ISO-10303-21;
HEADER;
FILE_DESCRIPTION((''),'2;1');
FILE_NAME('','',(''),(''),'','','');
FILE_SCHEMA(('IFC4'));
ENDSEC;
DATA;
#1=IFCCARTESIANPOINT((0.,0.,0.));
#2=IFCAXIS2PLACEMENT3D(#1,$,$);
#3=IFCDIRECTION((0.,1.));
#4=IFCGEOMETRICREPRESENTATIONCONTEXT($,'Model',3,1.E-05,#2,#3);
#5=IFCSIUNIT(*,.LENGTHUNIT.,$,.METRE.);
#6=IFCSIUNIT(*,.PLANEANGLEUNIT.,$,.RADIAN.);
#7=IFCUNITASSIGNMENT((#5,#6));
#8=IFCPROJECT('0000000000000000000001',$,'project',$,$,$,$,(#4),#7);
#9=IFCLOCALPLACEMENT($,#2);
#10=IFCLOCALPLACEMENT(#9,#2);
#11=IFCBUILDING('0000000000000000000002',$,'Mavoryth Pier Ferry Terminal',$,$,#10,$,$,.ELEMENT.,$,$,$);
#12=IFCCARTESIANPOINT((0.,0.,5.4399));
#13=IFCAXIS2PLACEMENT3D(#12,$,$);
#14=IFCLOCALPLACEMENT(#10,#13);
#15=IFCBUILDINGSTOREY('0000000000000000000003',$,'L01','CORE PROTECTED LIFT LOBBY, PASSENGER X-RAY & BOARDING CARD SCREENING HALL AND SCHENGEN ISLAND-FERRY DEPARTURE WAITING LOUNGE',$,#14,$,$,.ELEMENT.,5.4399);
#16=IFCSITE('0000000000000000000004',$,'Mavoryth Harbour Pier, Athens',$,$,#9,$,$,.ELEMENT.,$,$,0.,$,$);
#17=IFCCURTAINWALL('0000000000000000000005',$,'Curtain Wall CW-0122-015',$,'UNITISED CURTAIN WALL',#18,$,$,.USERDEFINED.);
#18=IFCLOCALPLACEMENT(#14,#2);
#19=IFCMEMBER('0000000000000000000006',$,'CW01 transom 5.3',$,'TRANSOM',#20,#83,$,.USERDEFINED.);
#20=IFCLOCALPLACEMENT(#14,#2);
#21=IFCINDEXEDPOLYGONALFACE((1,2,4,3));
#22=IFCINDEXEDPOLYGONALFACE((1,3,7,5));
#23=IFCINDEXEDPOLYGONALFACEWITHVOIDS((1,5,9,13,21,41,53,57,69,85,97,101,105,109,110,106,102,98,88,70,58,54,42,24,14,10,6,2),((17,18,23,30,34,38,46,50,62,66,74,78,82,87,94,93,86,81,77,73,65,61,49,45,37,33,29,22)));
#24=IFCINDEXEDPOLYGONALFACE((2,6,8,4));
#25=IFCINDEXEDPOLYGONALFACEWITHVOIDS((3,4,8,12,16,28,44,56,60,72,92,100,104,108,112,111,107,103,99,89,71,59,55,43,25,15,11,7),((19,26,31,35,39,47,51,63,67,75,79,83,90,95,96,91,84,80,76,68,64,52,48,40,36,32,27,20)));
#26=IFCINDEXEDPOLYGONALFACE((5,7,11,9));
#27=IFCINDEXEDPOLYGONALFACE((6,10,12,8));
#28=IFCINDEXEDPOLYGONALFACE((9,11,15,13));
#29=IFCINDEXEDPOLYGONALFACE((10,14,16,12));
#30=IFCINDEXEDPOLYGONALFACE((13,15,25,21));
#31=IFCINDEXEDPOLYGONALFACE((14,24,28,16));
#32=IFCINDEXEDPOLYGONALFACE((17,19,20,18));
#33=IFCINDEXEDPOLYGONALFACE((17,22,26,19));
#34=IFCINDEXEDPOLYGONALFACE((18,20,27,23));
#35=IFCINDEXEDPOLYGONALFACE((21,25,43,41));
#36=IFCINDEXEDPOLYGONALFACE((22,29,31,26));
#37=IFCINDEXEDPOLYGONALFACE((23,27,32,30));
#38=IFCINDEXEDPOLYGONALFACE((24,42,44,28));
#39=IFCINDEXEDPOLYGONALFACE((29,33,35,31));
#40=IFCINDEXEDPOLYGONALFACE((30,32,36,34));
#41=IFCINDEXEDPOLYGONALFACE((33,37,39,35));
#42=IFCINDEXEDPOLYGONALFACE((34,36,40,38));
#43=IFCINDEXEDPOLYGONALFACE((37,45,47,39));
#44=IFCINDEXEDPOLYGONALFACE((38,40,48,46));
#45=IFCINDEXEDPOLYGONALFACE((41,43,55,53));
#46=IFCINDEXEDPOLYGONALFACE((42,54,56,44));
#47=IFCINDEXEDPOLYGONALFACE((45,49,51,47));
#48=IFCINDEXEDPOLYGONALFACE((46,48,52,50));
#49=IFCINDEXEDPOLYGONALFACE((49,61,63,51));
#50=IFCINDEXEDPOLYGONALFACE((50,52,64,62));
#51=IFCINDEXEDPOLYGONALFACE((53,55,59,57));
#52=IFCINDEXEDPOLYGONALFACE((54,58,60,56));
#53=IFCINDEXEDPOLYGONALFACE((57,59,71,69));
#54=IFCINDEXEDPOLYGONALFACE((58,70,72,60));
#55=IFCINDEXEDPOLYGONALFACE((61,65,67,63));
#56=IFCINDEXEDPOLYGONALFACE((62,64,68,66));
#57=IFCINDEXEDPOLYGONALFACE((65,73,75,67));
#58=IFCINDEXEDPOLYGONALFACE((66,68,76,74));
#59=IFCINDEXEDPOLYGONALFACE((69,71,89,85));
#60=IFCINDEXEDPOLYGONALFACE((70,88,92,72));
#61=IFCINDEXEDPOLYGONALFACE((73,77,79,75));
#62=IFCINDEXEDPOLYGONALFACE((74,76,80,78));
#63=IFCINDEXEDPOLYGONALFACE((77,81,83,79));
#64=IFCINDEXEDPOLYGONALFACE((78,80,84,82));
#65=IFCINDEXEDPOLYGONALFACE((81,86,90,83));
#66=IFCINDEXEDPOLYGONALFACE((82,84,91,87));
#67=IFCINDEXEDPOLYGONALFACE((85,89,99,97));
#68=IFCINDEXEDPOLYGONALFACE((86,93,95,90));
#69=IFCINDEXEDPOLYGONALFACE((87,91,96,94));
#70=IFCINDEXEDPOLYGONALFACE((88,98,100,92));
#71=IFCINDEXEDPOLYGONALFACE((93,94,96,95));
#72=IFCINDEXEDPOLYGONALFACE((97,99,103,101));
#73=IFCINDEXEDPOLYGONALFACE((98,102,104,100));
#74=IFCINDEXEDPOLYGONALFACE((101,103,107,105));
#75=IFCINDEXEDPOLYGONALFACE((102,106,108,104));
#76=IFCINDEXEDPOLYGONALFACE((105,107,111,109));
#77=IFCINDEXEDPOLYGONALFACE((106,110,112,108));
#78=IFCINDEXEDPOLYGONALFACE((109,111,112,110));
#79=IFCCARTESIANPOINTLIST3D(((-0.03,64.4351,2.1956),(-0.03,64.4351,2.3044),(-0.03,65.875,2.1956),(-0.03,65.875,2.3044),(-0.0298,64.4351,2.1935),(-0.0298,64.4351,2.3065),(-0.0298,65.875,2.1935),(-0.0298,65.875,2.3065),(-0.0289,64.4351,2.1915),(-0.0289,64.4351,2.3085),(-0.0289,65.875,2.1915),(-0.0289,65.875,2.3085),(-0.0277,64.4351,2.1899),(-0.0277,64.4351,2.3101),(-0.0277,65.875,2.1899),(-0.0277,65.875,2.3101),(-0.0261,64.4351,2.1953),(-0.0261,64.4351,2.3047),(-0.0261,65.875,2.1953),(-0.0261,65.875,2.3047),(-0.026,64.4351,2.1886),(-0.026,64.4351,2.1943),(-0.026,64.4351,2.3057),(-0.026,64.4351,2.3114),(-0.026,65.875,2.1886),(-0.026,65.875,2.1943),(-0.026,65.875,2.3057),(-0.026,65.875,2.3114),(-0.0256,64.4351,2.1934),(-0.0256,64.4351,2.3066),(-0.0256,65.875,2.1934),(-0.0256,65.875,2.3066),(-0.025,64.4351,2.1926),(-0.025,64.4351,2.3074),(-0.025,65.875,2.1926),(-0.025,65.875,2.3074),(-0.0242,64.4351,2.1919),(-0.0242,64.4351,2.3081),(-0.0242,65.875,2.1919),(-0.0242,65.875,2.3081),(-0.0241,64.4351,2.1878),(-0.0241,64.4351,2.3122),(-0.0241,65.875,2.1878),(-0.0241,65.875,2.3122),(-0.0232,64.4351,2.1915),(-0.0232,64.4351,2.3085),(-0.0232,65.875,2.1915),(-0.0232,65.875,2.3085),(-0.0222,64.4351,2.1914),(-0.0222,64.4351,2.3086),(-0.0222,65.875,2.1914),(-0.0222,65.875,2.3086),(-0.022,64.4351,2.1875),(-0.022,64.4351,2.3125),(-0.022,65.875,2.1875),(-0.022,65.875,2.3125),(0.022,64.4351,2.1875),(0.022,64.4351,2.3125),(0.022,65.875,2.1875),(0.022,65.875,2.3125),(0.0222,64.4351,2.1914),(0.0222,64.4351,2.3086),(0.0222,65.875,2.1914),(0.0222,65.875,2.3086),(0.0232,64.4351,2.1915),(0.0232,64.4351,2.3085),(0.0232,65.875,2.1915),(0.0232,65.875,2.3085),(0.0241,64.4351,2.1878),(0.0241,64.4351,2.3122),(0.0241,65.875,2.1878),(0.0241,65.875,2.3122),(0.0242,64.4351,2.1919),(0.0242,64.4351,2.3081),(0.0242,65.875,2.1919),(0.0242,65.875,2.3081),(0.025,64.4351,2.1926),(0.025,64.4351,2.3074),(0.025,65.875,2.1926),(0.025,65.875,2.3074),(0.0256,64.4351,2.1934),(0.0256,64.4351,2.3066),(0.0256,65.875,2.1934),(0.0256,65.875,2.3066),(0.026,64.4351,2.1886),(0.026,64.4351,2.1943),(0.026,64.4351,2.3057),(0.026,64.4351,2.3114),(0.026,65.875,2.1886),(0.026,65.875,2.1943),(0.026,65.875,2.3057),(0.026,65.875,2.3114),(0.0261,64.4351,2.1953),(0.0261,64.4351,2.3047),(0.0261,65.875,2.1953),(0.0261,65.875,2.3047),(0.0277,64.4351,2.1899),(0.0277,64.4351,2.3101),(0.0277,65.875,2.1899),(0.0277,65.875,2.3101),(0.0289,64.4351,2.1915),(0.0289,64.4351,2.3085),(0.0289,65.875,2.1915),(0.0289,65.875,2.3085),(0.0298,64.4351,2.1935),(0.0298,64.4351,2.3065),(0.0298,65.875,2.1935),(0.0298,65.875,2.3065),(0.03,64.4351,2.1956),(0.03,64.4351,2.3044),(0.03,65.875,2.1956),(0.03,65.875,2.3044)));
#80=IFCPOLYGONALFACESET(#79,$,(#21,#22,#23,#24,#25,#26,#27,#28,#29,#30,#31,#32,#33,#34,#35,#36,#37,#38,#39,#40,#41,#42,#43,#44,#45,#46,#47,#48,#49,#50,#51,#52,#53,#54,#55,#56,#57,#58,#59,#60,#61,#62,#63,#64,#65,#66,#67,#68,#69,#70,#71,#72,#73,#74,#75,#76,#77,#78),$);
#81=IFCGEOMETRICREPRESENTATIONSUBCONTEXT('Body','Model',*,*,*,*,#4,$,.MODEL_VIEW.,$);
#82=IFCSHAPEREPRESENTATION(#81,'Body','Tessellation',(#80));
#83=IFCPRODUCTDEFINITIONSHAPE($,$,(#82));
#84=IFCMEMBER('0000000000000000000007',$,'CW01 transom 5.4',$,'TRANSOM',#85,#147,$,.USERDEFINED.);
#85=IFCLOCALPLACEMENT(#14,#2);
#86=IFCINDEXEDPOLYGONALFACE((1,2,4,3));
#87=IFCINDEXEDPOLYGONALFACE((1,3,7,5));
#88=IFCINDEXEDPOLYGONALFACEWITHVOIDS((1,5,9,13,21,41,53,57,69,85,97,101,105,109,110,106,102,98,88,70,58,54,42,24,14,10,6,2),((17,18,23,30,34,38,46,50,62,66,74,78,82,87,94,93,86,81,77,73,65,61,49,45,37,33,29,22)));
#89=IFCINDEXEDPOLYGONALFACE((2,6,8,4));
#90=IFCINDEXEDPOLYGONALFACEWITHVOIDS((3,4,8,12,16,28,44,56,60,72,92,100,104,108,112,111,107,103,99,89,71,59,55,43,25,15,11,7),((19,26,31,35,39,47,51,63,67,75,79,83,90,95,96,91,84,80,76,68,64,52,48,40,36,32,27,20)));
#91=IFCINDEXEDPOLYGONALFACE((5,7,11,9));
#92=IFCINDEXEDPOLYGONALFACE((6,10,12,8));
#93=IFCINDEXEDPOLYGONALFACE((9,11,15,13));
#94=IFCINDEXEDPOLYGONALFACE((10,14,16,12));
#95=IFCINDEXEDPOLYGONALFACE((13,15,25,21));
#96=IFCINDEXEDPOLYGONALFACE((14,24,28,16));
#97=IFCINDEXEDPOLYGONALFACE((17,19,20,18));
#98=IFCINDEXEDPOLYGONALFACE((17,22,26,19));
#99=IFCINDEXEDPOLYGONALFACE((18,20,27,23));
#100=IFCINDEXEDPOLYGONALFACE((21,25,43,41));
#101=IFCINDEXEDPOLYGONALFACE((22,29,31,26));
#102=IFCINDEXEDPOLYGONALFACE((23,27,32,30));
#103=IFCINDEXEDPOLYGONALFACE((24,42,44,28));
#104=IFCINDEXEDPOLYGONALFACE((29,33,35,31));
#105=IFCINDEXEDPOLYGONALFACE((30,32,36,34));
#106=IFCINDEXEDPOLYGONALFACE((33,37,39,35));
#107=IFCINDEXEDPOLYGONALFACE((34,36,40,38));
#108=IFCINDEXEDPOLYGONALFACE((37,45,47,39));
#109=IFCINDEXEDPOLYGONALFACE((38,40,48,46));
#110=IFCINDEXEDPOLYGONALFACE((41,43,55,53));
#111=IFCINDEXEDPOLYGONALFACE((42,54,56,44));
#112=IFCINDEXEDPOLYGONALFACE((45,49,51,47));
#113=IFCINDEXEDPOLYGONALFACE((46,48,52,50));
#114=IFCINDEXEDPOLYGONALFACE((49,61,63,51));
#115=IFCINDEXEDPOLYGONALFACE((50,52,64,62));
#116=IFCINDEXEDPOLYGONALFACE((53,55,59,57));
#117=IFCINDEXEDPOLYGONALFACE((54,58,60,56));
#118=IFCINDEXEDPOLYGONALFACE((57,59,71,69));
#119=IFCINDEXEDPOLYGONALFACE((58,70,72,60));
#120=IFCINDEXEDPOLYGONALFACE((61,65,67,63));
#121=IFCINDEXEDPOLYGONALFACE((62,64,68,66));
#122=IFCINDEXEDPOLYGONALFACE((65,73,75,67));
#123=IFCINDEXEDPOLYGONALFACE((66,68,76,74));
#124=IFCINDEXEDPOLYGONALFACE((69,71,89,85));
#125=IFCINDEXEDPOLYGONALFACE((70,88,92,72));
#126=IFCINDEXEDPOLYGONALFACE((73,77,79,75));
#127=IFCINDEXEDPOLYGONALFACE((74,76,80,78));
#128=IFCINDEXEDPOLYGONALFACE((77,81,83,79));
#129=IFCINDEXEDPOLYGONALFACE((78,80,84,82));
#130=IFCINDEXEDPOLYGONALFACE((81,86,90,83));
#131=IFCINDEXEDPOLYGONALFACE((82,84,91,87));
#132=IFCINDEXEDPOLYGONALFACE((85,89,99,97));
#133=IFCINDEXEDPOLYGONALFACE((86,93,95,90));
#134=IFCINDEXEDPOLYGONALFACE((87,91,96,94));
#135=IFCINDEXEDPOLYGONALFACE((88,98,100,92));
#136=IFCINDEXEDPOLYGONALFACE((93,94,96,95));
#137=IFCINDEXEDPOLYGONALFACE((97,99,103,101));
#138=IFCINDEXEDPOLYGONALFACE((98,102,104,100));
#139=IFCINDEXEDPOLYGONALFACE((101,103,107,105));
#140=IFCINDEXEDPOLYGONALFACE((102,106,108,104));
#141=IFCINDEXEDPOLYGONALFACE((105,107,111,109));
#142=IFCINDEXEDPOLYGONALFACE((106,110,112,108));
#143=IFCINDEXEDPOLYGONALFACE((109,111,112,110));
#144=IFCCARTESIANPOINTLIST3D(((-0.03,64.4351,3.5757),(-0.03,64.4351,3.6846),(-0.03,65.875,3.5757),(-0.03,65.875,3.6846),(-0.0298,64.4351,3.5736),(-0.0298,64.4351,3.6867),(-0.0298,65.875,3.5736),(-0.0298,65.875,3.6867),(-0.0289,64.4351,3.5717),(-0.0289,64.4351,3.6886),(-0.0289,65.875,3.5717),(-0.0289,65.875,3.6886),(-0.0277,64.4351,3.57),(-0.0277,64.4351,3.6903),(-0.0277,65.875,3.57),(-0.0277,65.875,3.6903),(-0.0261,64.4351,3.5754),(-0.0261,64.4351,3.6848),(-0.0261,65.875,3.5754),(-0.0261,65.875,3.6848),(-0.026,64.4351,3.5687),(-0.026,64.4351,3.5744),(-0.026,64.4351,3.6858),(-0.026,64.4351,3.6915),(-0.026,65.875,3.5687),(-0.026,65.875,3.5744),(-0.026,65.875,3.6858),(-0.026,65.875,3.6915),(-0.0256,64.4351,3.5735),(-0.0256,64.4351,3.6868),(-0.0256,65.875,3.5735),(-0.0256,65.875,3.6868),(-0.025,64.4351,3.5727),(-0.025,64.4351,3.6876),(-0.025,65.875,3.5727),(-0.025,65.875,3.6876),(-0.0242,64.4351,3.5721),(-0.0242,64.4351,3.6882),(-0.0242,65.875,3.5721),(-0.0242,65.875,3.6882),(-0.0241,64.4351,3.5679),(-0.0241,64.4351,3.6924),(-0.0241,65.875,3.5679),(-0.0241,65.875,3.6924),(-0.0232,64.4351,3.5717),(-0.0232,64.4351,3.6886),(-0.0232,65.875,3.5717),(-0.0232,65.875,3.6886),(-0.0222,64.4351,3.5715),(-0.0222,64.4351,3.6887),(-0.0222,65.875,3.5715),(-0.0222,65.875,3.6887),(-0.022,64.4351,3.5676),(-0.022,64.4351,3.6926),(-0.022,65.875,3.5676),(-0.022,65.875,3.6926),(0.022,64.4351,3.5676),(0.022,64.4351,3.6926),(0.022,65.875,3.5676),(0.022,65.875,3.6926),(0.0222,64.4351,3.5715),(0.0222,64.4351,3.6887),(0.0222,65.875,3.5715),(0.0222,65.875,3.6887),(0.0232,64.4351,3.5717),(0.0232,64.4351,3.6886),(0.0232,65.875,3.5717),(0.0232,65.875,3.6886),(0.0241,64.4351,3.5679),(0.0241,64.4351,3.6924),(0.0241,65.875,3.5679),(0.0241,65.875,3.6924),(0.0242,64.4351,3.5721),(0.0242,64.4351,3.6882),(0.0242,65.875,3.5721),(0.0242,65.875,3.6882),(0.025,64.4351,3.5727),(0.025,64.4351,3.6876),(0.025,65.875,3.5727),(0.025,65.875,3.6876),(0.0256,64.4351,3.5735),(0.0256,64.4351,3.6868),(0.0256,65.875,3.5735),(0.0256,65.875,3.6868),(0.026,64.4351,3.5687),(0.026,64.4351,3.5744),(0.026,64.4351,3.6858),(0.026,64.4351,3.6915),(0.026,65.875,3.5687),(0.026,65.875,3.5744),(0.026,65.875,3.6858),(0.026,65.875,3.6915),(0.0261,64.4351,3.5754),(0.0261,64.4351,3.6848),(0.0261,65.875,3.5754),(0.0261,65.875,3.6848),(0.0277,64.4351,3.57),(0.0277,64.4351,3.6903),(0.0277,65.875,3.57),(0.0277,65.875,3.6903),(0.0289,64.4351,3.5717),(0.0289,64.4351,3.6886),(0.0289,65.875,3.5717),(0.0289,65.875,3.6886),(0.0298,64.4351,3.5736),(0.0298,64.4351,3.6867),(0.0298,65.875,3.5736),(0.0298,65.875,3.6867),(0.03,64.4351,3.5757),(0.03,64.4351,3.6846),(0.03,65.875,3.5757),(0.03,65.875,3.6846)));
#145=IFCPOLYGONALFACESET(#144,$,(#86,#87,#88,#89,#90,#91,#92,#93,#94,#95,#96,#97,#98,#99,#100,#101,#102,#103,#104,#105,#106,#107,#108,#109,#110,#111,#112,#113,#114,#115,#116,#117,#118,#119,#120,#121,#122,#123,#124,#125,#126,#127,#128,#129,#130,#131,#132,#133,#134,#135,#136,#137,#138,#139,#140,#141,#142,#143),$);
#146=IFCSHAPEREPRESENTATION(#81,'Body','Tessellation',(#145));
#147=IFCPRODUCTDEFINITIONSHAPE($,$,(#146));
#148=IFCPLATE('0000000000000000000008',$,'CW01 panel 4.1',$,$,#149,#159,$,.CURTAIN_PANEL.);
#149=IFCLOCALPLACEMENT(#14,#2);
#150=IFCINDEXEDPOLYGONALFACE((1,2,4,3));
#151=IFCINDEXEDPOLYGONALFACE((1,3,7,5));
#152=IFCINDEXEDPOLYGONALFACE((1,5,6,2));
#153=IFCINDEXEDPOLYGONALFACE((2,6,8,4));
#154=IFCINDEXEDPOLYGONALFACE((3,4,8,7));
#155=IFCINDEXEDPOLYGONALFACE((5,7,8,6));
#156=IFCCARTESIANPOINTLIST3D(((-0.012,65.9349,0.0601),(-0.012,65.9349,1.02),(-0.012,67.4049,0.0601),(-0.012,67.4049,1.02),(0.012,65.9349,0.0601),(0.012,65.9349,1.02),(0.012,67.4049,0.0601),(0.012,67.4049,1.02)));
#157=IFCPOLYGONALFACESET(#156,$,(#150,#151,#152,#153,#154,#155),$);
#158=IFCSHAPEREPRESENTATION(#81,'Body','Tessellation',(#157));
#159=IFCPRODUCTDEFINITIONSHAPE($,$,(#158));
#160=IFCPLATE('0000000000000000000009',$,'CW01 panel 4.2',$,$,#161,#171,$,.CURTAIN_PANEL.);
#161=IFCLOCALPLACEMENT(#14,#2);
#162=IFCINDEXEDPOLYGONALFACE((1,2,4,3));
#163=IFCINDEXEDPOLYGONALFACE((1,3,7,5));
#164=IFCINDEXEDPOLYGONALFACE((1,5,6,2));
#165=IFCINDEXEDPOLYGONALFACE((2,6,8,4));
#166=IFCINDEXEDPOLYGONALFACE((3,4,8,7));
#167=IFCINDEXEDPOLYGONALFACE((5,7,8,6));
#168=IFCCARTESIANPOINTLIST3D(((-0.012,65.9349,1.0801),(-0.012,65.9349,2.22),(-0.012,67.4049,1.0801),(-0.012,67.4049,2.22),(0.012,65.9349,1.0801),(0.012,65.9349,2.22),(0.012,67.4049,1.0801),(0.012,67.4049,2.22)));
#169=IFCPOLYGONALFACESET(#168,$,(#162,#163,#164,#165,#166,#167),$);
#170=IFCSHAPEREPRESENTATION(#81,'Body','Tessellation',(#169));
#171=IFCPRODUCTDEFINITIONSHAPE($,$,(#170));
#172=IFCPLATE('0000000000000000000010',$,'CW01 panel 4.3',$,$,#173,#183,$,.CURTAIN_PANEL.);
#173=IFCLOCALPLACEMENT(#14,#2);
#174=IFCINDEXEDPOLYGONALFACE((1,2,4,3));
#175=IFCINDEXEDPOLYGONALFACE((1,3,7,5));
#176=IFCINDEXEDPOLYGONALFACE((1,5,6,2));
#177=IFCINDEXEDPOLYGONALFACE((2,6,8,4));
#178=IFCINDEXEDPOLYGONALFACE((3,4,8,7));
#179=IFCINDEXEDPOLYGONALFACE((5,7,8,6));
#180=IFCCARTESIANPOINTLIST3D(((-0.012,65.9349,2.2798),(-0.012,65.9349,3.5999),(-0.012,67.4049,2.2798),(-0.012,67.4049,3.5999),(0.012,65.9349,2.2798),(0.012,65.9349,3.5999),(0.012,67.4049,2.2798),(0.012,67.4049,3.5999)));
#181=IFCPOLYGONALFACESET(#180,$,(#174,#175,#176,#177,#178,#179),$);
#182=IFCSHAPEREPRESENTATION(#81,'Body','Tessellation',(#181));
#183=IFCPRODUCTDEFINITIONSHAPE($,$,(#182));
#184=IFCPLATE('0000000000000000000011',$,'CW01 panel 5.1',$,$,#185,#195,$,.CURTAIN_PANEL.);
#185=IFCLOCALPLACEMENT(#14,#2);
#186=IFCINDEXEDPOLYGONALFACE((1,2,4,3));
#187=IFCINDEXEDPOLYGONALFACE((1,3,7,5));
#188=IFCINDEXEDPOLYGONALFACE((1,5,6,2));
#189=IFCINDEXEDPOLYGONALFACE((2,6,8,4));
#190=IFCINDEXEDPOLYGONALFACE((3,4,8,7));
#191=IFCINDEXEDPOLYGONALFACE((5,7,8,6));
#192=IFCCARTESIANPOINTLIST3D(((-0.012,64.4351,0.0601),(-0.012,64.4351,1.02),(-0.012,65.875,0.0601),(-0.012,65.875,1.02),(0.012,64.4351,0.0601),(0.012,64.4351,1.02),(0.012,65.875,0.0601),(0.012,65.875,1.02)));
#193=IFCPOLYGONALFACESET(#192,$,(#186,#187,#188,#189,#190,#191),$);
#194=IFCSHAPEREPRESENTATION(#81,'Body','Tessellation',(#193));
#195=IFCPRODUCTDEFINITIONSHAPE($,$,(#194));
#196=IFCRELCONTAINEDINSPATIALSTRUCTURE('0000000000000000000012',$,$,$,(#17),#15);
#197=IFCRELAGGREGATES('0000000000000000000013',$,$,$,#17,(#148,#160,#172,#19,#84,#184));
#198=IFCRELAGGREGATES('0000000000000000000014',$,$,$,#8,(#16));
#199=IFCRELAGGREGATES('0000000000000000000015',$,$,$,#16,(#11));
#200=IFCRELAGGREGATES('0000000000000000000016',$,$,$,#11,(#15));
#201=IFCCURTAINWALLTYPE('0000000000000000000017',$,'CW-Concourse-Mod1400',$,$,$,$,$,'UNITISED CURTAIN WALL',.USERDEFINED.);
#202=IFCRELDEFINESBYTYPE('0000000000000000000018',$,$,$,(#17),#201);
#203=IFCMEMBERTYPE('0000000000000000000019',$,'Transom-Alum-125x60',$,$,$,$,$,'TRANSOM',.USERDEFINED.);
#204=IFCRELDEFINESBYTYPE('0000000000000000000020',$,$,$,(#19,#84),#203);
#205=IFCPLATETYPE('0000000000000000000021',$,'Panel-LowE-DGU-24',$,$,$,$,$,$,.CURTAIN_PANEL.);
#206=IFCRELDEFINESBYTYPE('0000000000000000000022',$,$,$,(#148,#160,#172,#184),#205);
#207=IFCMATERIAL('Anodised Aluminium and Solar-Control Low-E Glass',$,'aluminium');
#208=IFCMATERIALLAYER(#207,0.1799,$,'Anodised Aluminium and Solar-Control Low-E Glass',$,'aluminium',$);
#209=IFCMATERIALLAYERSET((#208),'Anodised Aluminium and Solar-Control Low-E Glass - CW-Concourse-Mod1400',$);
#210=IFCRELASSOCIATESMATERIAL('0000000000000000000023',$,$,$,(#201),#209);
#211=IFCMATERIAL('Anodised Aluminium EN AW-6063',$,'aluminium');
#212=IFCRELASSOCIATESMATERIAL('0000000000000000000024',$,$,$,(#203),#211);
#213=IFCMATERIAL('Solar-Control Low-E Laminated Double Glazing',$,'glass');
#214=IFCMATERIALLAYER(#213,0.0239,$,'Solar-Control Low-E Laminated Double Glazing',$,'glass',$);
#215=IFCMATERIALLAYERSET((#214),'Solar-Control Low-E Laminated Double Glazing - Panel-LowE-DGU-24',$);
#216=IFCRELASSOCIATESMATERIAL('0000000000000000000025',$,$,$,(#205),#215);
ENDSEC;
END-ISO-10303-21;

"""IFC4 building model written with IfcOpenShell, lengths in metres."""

from ifc_helpers import new_model, si_unit, direction, frame, origin, origin_2d, place, context, subcontext, project, spatial, rectangle, hollow_rectangle, extrude, material, layer, layer_set, material_profile, profile_set, type_object, element, aggregate, save


model = new_model("IFC4")

# Units and contexts
model_context = context("Model", 3, precision=1e-05, world=origin(), true_north=direction((0.0, 1.0)))
body_context = subcontext(model_context, "Body", "Model", "MODEL_VIEW")
ifc_project = project(units=[si_unit("LENGTHUNIT", "METRE"), si_unit("PLANEANGLEUNIT", "RADIAN")], contexts=[model_context])

# Site, building, storey
site_placement = place(None, origin())
site = spatial("IfcSite", under=ifc_project, at=site_placement, Name="Mavoryth Harbour Pier, Athens", CompositionType="ELEMENT", RefElevation=0.0)
building_placement = place(site_placement, origin())
building = spatial("IfcBuilding", under=site, at=building_placement, Name="Mavoryth Pier Ferry Terminal", CompositionType="ELEMENT")
storey_placement = place(building_placement, frame((0.0, 0.0, 5.4399)))
storey = spatial("IfcBuildingStorey", under=building, at=storey_placement, Name="L01", Description="CORE PROTECTED LIFT LOBBY, PASSENGER X-RAY & BOARDING CARD SCREENING HALL AND SCHENGEN ISLAND-FERRY DEPARTURE WAITING LOUNGE", CompositionType="ELEMENT", Elevation=5.4399)

# Shared definitions
ifc_material_1 = material(Name="Anodised Aluminium and Solar-Control Low-E Glass", Category="aluminium")
ifc_layer_1 = layer(ifc_material_1, 0.1799, Name="Anodised Aluminium and Solar-Control Low-E Glass", Category="aluminium")
ifc_layer_set_1 = layer_set([ifc_layer_1], Name="Anodised Aluminium and Solar-Control Low-E Glass - CW-Concourse-Mod1400")
curtain_wall_type = type_object("IfcCurtainWallType", Name="CW-Concourse-Mod1400", ElementType="UNITISED CURTAIN WALL", PredefinedType="USERDEFINED", material=ifc_layer_set_1)
ifc_material_2 = material(Name="Anodised Aluminium EN AW-6063", Category="aluminium")

# Curtain wall
curtain_wall_1_placement = place(storey_placement, origin())
curtain_wall_1 = element("IfcCurtainWall", 1, at=curtain_wall_1_placement, inside=storey, type_object=curtain_wall_type, Name="Curtain Wall CW-0122-015", ObjectType="UNITISED CURTAIN WALL", PredefinedType="USERDEFINED")

# Members
ifc_material_profile_1 = material_profile(ifc_material_2, hollow_rectangle(XDim=0.0601, YDim=0.125, WallThickness=0.0039, InnerFilletRadius=0.0039, OuterFilletRadius=0.0081, at=origin_2d()), Name="AL-TRAN 125x60x4", Category="aluminium")
ifc_profile_set_1 = profile_set([ifc_material_profile_1], Name="Anodised Aluminium EN AW-6063 - AL-TRAN 125x60x4")
member_type_1 = type_object("IfcMemberType", Name="Transom-Alum-125x60", ElementType="TRANSOM", PredefinedType="USERDEFINED", material=ifc_profile_set_1)
member_1_placement = place(storey_placement, frame((0.0, 65.875, 2.25), z_axis=(0.0, -1.0, 0.0), x_axis=(1.0, 0.0, 0.0)))
member_1 = element("IfcMember", 2, at=member_1_placement, type_object=member_type_1, Name="CW01 transom 5.3", ObjectType="TRANSOM", PredefinedType="USERDEFINED", context=body_context, shape_type="SweptSolid", body=[
    extrude(hollow_rectangle(XDim=0.0601, YDim=0.125, WallThickness=0.0039, InnerFilletRadius=0.0039, OuterFilletRadius=0.0081, at=origin_2d()), origin(), (0.0, 0.0, 1.0), 1.4399),
])
member_2_placement = place(storey_placement, frame((0.0, 65.875, 3.6301), z_axis=(0.0, -1.0, 0.0), x_axis=(1.0, 0.0, 0.0)))
member_2 = element("IfcMember", 3, at=member_2_placement, type_object=member_type_1, Name="CW01 transom 5.4", ObjectType="TRANSOM", PredefinedType="USERDEFINED", context=body_context, shape_type="SweptSolid", body=[
    extrude(hollow_rectangle(XDim=0.0601, YDim=0.125, WallThickness=0.0039, InnerFilletRadius=0.0039, OuterFilletRadius=0.0081, at=origin_2d()), origin(), (0.0, 0.0, 1.0), 1.4399),
])

# Plates
ifc_material_3 = material(Name="Solar-Control Low-E Laminated Double Glazing", Category="glass")
ifc_layer_2 = layer(ifc_material_3, 0.0239, Name="Solar-Control Low-E Laminated Double Glazing", Category="glass")
ifc_layer_set_2 = layer_set([ifc_layer_2], Name="Solar-Control Low-E Laminated Double Glazing - Panel-LowE-DGU-24")
plate_type = type_object("IfcPlateType", Name="Panel-LowE-DGU-24", PredefinedType="CURTAIN_PANEL", material=ifc_layer_set_2)
plate_1_placement = place(storey_placement, frame((0.0, 66.6699, 0.0601), z_axis=(0.0, 0.0, 1.0), x_axis=(0.0, -1.0, 0.0)))
plate_1 = element("IfcPlate", 4, at=plate_1_placement, type_object=plate_type, Name="CW01 panel 4.1", PredefinedType="CURTAIN_PANEL", context=body_context, shape_type="SweptSolid", body=[
    extrude(rectangle(XDim=1.47, YDim=0.0239, at=origin_2d()), origin(), (0.0, 0.0, 1.0), 0.96),
])
plate_2_placement = place(storey_placement, frame((0.0, 66.6699, 1.0801), z_axis=(0.0, 0.0, 1.0), x_axis=(0.0, -1.0, 0.0)))
plate_2 = element("IfcPlate", 5, at=plate_2_placement, type_object=plate_type, Name="CW01 panel 4.2", PredefinedType="CURTAIN_PANEL", context=body_context, shape_type="SweptSolid", body=[
    extrude(rectangle(XDim=1.47, YDim=0.0239, at=origin_2d()), origin(), (0.0, 0.0, 1.0), 1.1399),
])
plate_3_placement = place(storey_placement, frame((0.0, 66.6699, 2.2798), z_axis=(0.0, 0.0, 1.0), x_axis=(0.0, -1.0, 0.0)))
plate_3 = element("IfcPlate", 6, at=plate_3_placement, type_object=plate_type, Name="CW01 panel 4.3", PredefinedType="CURTAIN_PANEL", context=body_context, shape_type="SweptSolid", body=[
    extrude(rectangle(XDim=1.47, YDim=0.0239, at=origin_2d()), origin(), (0.0, 0.0, 1.0), 1.3201),
])
plate_4_placement = place(storey_placement, frame((0.0, 65.155, 0.0601), z_axis=(0.0, 0.0, 1.0), x_axis=(0.0, -1.0, 0.0)))
plate_4 = element("IfcPlate", 7, at=plate_4_placement, type_object=plate_type, Name="CW01 panel 5.1", PredefinedType="CURTAIN_PANEL", context=body_context, shape_type="SweptSolid", body=[
    extrude(rectangle(XDim=1.4399, YDim=0.0239, at=origin_2d()), origin(), (0.0, 0.0, 1.0), 0.96),
])
aggregate(curtain_wall_1, [plate_1, plate_2, plate_3, member_1, member_2, plate_4])

save(model, "model.ifc")
